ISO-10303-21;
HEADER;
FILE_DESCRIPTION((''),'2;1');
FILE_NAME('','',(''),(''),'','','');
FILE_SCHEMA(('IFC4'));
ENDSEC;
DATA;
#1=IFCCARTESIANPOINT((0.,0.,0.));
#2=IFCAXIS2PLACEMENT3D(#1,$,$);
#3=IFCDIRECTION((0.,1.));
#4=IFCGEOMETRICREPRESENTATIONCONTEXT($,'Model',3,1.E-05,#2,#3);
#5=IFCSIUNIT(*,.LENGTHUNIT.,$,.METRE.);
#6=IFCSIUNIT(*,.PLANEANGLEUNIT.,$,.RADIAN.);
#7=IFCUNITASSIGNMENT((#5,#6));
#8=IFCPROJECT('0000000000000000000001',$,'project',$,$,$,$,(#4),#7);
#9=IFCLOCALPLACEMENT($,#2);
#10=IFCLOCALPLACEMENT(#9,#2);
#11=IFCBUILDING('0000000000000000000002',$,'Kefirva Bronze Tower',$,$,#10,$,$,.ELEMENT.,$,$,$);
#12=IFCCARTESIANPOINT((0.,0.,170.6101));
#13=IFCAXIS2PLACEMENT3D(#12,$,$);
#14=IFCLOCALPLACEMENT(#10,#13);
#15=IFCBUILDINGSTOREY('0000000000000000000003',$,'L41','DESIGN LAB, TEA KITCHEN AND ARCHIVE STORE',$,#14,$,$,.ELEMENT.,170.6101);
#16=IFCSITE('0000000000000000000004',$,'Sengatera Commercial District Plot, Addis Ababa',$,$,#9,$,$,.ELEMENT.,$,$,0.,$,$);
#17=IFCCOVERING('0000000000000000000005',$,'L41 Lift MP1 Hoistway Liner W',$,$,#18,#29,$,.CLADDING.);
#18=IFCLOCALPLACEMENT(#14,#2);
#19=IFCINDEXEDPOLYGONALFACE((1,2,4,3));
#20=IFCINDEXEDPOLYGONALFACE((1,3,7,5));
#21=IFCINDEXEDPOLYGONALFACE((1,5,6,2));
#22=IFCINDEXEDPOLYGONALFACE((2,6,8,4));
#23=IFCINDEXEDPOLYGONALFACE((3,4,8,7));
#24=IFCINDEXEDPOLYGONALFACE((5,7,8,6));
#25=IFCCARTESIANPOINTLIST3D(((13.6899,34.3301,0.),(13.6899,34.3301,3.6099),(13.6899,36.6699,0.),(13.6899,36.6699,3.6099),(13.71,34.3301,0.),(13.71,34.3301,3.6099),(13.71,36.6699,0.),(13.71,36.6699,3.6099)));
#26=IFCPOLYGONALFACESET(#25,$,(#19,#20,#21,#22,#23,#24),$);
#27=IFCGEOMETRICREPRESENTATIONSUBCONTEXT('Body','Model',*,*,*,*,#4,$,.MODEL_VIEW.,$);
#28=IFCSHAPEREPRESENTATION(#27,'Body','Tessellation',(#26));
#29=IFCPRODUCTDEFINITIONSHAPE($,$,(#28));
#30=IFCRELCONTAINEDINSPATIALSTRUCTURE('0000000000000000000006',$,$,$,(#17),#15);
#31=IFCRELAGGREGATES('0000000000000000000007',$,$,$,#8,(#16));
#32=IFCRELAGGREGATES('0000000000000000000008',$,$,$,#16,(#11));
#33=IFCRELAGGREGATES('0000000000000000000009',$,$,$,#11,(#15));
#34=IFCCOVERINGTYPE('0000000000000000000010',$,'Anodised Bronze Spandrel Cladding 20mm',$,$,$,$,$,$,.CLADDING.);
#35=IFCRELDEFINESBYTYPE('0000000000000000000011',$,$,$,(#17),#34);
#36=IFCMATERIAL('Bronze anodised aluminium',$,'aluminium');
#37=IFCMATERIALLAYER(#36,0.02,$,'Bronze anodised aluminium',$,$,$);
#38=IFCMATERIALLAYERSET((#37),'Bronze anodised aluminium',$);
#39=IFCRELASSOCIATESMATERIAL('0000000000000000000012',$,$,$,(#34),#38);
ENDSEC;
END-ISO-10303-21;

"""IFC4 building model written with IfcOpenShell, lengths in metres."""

from ifc_helpers import new_model, si_unit, direction, frame, origin, place, context, subcontext, project, spatial, polyline, outline, extrude, material, layer, layer_set, type_object, element, save


model = new_model("IFC4")

# Units and contexts
model_context = context("Model", 3, precision=1e-05, world=origin(), true_north=direction((0.0, 1.0)))
body_context = subcontext(model_context, "Body", "Model", "MODEL_VIEW")
ifc_project = project(units=[si_unit("LENGTHUNIT", "METRE"), si_unit("PLANEANGLEUNIT", "RADIAN")], contexts=[model_context])

# Site, building, storey
site_placement = place(None, origin())
site = spatial("IfcSite", under=ifc_project, at=site_placement, Name="Sengatera Commercial District Plot, Addis Ababa", CompositionType="ELEMENT", RefElevation=0.0)
building_placement = place(site_placement, origin())
building = spatial("IfcBuilding", under=site, at=building_placement, Name="Kefirva Bronze Tower", CompositionType="ELEMENT")
storey_placement = place(building_placement, frame((0.0, 0.0, 170.6101)))
storey = spatial("IfcBuildingStorey", under=building, at=storey_placement, Name="L41", Description="DESIGN LAB, TEA KITCHEN AND ARCHIVE STORE", CompositionType="ELEMENT", Elevation=170.6101)

# Covering
ifc_material_1 = material(Name="Bronze anodised aluminium", Category="aluminium")
ifc_layer_1 = layer(ifc_material_1, 0.02, Name="Bronze anodised aluminium")
ifc_layer_set_1 = layer_set([ifc_layer_1], Name="Bronze anodised aluminium")
covering_type = type_object("IfcCoveringType", Name="Anodised Bronze Spandrel Cladding 20mm", PredefinedType="CLADDING", material=ifc_layer_set_1)
covering_1_placement = place(storey_placement, origin())
element("IfcCovering", 1, at=covering_1_placement, inside=storey, type_object=covering_type, Name="L41 Lift MP1 Hoistway Liner W", PredefinedType="CLADDING", context=body_context, shape_type="SweptSolid", body=[
    extrude(outline(polyline([(13.6899, 34.3301), (13.71, 34.3301), (13.71, 36.6699), (13.6899, 36.6699), (13.6899, 34.3301)])), origin(), (0.0, 0.0, 1.0), 3.6099),
])

save(model, "model.ifc")
